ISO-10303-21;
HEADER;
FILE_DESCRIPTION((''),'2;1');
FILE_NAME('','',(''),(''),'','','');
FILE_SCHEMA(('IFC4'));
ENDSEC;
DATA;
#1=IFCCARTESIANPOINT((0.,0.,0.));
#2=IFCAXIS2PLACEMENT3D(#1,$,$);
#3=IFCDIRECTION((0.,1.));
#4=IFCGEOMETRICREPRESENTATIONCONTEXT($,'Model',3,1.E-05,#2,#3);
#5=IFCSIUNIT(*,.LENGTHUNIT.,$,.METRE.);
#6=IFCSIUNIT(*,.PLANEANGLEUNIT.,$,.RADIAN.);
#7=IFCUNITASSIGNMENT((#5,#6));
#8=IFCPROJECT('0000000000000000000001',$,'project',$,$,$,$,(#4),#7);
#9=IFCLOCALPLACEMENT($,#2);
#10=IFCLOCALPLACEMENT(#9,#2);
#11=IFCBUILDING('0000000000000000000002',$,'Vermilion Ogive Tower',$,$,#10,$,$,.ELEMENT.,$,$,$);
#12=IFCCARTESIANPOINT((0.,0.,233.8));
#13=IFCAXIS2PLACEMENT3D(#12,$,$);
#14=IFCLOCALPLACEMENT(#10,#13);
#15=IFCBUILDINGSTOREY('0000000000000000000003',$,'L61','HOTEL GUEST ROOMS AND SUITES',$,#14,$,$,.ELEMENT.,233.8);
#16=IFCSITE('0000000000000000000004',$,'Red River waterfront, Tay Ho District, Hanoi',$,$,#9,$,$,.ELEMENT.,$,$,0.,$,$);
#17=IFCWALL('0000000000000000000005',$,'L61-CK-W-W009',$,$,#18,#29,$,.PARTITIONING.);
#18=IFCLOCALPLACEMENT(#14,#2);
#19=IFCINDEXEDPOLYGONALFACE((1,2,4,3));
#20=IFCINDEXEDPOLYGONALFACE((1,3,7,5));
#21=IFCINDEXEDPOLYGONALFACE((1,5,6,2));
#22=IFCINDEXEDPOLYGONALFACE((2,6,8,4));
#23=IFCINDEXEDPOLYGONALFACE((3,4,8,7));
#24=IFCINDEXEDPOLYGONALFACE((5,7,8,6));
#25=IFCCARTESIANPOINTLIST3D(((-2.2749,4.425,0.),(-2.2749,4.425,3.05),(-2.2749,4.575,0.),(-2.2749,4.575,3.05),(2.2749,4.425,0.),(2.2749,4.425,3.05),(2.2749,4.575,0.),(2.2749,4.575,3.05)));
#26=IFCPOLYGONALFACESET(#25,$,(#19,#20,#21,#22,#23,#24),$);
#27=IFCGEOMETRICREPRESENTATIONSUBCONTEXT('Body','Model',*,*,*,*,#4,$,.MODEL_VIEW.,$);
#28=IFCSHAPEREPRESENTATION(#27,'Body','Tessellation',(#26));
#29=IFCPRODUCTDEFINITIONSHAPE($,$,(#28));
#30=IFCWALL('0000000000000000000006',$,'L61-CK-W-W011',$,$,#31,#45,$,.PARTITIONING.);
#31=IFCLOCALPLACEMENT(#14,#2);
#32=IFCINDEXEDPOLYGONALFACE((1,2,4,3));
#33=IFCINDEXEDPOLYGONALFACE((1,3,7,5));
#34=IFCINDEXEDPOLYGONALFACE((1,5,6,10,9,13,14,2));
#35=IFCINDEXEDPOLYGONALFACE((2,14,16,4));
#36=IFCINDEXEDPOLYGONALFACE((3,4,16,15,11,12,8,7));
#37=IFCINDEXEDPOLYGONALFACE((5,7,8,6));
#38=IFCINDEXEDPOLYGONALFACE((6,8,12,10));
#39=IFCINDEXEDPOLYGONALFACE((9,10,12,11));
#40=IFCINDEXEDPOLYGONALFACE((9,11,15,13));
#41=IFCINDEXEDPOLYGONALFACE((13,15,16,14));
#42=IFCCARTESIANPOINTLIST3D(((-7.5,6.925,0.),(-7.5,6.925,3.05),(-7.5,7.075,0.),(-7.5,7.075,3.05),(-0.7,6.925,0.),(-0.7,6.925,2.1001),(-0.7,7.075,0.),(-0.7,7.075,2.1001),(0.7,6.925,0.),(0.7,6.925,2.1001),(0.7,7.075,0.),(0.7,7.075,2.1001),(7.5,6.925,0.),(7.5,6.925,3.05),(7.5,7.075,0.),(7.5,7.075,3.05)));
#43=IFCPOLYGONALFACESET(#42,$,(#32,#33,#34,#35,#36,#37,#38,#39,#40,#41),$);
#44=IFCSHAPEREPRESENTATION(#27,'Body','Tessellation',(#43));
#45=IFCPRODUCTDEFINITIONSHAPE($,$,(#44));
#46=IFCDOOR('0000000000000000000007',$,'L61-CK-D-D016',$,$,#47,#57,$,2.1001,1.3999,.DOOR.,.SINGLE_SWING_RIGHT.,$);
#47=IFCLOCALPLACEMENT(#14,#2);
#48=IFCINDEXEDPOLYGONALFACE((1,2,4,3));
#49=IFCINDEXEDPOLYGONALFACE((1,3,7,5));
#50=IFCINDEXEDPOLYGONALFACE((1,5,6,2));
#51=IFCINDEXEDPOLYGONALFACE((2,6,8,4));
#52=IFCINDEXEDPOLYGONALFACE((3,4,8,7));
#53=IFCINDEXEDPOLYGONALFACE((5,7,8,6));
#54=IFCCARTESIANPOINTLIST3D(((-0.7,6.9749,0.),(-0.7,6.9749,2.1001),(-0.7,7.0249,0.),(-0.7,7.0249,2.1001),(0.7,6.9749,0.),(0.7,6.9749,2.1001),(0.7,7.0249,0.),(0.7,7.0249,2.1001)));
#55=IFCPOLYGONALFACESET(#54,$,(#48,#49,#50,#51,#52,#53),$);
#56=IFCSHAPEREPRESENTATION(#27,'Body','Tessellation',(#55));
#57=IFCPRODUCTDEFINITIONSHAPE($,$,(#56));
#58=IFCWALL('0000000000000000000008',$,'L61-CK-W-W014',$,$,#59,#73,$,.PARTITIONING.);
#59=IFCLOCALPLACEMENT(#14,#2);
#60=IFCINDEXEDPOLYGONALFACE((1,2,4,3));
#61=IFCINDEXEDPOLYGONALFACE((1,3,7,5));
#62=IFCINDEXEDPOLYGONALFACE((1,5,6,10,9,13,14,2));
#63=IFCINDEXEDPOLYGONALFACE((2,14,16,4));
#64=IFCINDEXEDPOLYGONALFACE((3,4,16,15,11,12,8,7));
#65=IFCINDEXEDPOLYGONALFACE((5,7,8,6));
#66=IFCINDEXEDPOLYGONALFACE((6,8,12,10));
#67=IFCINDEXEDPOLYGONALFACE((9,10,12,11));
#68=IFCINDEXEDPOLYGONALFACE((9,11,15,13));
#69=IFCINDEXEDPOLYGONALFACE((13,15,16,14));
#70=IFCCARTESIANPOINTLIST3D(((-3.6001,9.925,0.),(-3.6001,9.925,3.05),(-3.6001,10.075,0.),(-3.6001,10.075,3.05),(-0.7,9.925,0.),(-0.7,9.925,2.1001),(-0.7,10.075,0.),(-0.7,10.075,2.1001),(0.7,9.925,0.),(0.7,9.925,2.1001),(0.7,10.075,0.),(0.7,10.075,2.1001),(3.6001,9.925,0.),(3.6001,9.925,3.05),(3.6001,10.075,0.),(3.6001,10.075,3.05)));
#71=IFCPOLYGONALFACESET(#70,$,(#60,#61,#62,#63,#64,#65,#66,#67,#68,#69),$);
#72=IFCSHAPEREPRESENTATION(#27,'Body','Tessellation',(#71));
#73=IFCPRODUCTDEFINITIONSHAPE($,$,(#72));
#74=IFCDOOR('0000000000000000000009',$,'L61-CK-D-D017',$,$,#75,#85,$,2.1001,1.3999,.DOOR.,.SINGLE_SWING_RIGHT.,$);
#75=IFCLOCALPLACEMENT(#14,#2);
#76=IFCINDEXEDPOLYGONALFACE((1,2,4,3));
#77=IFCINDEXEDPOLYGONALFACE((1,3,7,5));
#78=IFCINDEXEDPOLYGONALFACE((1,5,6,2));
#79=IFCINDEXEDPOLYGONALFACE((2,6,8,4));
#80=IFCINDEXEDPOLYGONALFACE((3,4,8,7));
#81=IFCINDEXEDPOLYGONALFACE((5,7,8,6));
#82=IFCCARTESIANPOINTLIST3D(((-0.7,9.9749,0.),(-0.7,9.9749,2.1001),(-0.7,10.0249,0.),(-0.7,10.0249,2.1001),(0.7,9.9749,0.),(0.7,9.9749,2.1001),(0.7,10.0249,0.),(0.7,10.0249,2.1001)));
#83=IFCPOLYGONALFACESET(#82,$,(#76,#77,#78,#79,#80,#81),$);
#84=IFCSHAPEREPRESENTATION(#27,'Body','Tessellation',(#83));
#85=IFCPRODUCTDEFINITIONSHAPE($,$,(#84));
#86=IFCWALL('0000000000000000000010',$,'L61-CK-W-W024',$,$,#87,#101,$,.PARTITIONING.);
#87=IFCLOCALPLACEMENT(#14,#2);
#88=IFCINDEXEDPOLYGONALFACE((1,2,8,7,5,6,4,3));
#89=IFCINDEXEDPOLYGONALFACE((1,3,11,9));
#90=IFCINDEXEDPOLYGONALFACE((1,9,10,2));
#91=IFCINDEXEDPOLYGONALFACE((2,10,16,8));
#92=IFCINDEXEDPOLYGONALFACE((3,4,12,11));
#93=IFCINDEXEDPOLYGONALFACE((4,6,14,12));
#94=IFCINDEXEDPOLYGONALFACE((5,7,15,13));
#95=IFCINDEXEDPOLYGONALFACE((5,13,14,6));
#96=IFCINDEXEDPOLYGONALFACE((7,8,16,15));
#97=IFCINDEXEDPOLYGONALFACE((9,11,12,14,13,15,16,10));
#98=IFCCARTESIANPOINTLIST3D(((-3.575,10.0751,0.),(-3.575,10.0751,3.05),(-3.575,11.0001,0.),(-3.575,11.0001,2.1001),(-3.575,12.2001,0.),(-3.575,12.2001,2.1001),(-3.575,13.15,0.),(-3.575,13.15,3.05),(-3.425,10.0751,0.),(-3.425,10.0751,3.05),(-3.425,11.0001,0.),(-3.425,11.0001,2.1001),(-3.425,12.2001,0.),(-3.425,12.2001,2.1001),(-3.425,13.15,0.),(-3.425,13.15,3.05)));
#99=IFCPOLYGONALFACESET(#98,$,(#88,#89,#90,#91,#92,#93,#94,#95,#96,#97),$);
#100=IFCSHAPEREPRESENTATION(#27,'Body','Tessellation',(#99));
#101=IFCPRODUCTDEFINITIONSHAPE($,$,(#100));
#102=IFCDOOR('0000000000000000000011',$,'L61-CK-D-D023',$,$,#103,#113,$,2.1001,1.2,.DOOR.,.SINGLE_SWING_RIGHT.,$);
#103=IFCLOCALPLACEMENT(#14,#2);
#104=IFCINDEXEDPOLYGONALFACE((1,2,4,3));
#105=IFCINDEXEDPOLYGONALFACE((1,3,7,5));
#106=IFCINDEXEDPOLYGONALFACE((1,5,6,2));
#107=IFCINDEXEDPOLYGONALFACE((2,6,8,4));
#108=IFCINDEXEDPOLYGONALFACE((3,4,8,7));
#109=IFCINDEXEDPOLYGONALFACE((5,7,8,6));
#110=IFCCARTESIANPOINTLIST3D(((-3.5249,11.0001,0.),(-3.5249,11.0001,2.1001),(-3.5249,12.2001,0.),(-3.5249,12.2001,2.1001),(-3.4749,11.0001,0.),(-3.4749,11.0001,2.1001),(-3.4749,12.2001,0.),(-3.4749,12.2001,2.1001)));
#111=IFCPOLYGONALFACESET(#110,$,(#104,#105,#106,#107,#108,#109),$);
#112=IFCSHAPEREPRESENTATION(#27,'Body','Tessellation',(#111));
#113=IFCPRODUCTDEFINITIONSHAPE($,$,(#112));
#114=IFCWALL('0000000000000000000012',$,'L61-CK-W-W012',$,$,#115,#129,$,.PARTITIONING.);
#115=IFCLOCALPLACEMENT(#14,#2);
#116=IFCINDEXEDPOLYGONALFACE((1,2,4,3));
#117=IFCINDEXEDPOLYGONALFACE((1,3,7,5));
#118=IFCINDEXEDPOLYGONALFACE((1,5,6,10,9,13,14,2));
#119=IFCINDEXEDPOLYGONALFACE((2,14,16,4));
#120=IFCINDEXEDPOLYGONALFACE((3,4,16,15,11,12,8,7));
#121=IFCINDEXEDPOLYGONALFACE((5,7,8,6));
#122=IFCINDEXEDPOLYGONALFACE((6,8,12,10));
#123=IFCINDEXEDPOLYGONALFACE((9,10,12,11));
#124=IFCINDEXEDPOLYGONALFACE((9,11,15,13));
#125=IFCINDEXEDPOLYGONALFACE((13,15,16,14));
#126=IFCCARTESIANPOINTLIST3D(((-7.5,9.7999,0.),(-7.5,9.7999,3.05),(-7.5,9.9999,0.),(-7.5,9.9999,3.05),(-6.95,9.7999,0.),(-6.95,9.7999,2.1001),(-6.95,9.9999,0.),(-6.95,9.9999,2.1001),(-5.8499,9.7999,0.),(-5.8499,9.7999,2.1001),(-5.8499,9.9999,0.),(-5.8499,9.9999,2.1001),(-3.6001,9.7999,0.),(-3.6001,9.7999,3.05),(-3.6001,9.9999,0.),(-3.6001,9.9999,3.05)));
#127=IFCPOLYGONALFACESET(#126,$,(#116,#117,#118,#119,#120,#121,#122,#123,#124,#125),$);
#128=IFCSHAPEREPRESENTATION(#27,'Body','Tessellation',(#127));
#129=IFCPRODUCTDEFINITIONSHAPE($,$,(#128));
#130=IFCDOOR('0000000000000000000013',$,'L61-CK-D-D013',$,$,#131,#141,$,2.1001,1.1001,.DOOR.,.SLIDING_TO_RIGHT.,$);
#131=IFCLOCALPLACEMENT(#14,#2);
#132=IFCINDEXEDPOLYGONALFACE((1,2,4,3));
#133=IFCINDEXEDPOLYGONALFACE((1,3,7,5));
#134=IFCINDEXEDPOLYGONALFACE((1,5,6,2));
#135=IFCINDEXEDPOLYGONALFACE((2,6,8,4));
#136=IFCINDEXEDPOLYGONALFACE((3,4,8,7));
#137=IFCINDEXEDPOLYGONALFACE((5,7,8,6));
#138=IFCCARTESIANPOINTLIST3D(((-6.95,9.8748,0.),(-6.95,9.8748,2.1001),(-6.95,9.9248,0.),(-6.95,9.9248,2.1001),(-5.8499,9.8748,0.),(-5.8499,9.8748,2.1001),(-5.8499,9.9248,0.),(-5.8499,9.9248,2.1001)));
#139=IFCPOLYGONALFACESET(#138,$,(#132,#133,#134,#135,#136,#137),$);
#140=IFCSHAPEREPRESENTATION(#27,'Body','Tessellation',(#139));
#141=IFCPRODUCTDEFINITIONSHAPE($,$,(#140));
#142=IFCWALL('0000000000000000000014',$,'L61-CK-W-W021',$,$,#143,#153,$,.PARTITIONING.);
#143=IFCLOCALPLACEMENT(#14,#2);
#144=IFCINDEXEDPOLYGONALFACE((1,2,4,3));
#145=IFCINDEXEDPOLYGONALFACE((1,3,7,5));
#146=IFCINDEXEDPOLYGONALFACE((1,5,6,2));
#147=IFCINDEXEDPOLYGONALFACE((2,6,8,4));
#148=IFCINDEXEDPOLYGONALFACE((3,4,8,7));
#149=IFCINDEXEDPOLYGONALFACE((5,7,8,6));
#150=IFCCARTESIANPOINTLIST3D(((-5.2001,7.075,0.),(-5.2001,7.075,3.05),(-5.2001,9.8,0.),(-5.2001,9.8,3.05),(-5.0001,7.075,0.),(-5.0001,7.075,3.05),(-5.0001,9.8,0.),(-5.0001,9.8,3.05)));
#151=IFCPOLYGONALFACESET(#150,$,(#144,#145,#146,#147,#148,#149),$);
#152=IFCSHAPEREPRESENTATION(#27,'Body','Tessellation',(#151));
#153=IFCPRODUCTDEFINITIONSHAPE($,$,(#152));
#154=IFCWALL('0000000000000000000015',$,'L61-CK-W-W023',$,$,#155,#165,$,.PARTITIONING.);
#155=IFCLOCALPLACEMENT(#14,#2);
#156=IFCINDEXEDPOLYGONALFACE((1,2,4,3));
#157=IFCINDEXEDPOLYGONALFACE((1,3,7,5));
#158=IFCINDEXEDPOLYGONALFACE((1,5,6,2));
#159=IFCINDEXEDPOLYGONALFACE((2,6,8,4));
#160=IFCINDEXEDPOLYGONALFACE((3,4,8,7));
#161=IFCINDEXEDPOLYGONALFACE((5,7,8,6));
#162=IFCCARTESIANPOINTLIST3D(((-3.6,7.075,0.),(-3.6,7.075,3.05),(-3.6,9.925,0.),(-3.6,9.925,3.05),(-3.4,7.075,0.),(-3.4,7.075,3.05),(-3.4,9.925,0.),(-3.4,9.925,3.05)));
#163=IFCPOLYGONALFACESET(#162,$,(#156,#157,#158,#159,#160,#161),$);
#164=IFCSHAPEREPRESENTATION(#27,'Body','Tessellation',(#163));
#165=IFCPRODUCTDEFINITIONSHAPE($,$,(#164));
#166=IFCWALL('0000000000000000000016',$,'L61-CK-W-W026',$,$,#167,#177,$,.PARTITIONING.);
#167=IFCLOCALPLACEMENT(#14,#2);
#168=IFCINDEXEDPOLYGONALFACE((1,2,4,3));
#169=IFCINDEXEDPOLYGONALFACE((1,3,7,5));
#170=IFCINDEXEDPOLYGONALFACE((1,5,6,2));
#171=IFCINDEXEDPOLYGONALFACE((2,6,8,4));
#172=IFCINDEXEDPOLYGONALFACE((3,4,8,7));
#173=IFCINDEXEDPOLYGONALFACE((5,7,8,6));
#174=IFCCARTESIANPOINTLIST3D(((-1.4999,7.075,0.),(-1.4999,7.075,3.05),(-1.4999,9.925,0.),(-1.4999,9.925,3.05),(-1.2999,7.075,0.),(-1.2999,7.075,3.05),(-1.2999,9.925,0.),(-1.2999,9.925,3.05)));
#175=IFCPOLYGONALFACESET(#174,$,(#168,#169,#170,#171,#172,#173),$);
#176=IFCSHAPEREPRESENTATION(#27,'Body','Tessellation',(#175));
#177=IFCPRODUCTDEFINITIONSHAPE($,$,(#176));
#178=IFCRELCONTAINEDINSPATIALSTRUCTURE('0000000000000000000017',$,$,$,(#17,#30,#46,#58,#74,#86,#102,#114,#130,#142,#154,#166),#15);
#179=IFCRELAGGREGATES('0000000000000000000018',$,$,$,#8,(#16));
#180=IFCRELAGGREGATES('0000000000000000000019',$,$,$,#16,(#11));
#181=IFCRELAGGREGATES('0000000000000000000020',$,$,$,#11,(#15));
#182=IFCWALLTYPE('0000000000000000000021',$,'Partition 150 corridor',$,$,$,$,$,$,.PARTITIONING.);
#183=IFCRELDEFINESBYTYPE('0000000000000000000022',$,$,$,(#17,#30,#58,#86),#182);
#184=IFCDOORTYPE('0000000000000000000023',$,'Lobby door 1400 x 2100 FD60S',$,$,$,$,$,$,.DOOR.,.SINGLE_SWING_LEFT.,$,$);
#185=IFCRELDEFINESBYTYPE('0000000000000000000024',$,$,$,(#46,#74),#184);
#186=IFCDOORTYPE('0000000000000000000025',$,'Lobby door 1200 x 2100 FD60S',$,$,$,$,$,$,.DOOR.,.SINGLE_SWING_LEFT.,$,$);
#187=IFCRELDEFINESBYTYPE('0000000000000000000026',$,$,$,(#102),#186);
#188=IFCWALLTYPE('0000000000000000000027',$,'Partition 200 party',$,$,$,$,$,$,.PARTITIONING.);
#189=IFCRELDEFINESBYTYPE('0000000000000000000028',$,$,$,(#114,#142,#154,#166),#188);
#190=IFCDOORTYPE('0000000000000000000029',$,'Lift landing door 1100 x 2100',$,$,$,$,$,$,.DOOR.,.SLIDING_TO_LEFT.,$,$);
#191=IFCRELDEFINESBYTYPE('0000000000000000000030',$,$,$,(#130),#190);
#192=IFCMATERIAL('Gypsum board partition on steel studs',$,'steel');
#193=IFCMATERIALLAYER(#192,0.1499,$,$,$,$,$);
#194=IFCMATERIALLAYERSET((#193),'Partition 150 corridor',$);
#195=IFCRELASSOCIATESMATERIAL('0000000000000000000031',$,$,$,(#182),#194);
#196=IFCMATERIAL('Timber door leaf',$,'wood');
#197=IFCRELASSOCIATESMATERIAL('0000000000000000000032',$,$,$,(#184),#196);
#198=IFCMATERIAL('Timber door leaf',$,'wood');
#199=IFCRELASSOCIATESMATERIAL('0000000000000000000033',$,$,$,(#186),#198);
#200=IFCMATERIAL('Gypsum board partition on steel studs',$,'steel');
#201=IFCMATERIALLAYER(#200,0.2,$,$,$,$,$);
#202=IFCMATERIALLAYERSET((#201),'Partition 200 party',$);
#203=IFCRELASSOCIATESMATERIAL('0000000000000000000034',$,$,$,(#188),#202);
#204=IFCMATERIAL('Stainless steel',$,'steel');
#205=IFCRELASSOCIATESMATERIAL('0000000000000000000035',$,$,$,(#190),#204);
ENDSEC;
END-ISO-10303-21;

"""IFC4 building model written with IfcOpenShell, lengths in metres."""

from ifc_helpers import new_model, si_unit, direction, frame, frame_2d, origin, place, context, subcontext, project, spatial, rectangle, extrude, material, layer, layer_set, type_object, element, fill, save


model = new_model("IFC4")

# Units and contexts
model_context = context("Model", 3, precision=1e-05, world=origin(), true_north=direction((0.0, 1.0)))
body_context = subcontext(model_context, "Body", "Model", "MODEL_VIEW")
ifc_project = project(units=[si_unit("LENGTHUNIT", "METRE"), si_unit("PLANEANGLEUNIT", "RADIAN")], contexts=[model_context])

# Site, building, storey
site_placement = place(None, origin())
site = spatial("IfcSite", under=ifc_project, at=site_placement, Name="Red River waterfront, Tay Ho District, Hanoi", CompositionType="ELEMENT", RefElevation=0.0)
building_placement = place(site_placement, origin())
building = spatial("IfcBuilding", under=site, at=building_placement, Name="Vermilion Ogive Tower", CompositionType="ELEMENT")
storey_placement = place(building_placement, frame((0.0, 0.0, 233.8)))
storey = spatial("IfcBuildingStorey", under=building, at=storey_placement, Name="L61", Description="HOTEL GUEST ROOMS AND SUITES", CompositionType="ELEMENT", Elevation=233.8)

# Wall
ifc_material_1 = material(Name="Gypsum board partition on steel studs", Category="steel")
ifc_layer_1 = layer(ifc_material_1, 0.1499)
ifc_layer_set_1 = layer_set([ifc_layer_1], Name="Partition 150 corridor")
wall_type_1 = type_object("IfcWallType", Name="Partition 150 corridor", PredefinedType="PARTITIONING", material=ifc_layer_set_1)
wall_1_placement = place(storey_placement, frame((-2.2749, 4.5, 0.0), z_axis=(0.0, 0.0, 1.0), x_axis=(1.0, 0.0, 0.0)))
element("IfcWall", 1, at=wall_1_placement, inside=storey, type_object=wall_type_1, Name="L61-CK-W-W009", PredefinedType="PARTITIONING", context=body_context, shape_type="SweptSolid", body=[
    extrude(rectangle(XDim=4.5498, YDim=0.1499, at=frame_2d((2.2749, 0.0))), origin(), (0.0, 0.0, 1.0), 3.05),
])

# Walls, openings, doors
wall_2_placement = place(storey_placement, frame((-7.5, 7.0, 0.0), z_axis=(0.0, 0.0, 1.0), x_axis=(1.0, 0.0, 0.0)))
wall_2 = element("IfcWall", 2, at=wall_2_placement, inside=storey, type_object=wall_type_1, Name="L61-CK-W-W011", PredefinedType="PARTITIONING", context=body_context, shape_type="SweptSolid", body=[
    extrude(rectangle(XDim=15.0, YDim=0.1499, at=frame_2d((7.5, 0.0))), origin(), (0.0, 0.0, 1.0), 3.05),
])
opening_1_placement = place(wall_2_placement, frame((6.8, 0.0, 0.0)))
opening_1 = element("IfcOpeningElement", 3, at=opening_1_placement, cuts=wall_2, PredefinedType="OPENING", context=body_context, shape_type="SweptSolid", body=[
    extrude(rectangle(XDim=1.3999, YDim=2.1001, at=frame_2d((0.7, 1.05))), frame((0.0, 0.085, 0.0), z_axis=(0.0, -1.0, 0.0), x_axis=(1.0, 0.0, 0.0)), (0.0, 0.0, 1.0), 0.1699),
])
ifc_material_2 = material(Name="Timber door leaf", Category="wood")
door_type_1 = type_object("IfcDoorType", Name="Lobby door 1400 x 2100 FD60S", OperationType="SINGLE_SWING_LEFT", PredefinedType="DOOR", material=ifc_material_2)
door_1_placement = place(opening_1_placement, origin())
door_1 = element("IfcDoor", 4, at=door_1_placement, inside=storey, type_object=door_type_1, Name="L61-CK-D-D016", OperationType="SINGLE_SWING_RIGHT", OverallHeight=2.1001, OverallWidth=1.3999, PredefinedType="DOOR", context=body_context, shape_type="SweptSolid", body=[
    extrude(rectangle(XDim=1.3999, YDim=2.1001, at=frame_2d((0.7, 1.05))), frame((0.0, 0.0249, 0.0), z_axis=(0.0, -1.0, 0.0), x_axis=(1.0, 0.0, 0.0)), (0.0, 0.0, 1.0), 0.05),
])
fill(opening_1, door_1)
wall_3_placement = place(storey_placement, frame((-3.6001, 10.0, 0.0), z_axis=(0.0, 0.0, 1.0), x_axis=(1.0, 0.0, 0.0)))
wall_3 = element("IfcWall", 5, at=wall_3_placement, inside=storey, type_object=wall_type_1, Name="L61-CK-W-W014", PredefinedType="PARTITIONING", context=body_context, shape_type="SweptSolid", body=[
    extrude(rectangle(XDim=7.2002, YDim=0.1499, at=frame_2d((3.6001, 0.0))), origin(), (0.0, 0.0, 1.0), 3.05),
])
opening_2_placement = place(wall_3_placement, frame((2.9001, 0.0, 0.0)))
opening_2 = element("IfcOpeningElement", 6, at=opening_2_placement, cuts=wall_3, PredefinedType="OPENING", context=body_context, shape_type="SweptSolid", body=[
    extrude(rectangle(XDim=1.3999, YDim=2.1001, at=frame_2d((0.7, 1.05))), frame((0.0, 0.085, 0.0), z_axis=(0.0, -1.0, 0.0), x_axis=(1.0, 0.0, 0.0)), (0.0, 0.0, 1.0), 0.1699),
])
door_2_placement = place(opening_2_placement, origin())
door_2 = element("IfcDoor", 7, at=door_2_placement, inside=storey, type_object=door_type_1, Name="L61-CK-D-D017", OperationType="SINGLE_SWING_RIGHT", OverallHeight=2.1001, OverallWidth=1.3999, PredefinedType="DOOR", context=body_context, shape_type="SweptSolid", body=[
    extrude(rectangle(XDim=1.3999, YDim=2.1001, at=frame_2d((0.7, 1.05))), frame((0.0, 0.0249, 0.0), z_axis=(0.0, -1.0, 0.0), x_axis=(1.0, 0.0, 0.0)), (0.0, 0.0, 1.0), 0.05),
])
fill(opening_2, door_2)
wall_4_placement = place(storey_placement, frame((-3.5, 10.075, 0.0), z_axis=(0.0, 0.0, 1.0), x_axis=(0.0, 1.0, 0.0)))
wall_4 = element("IfcWall", 8, at=wall_4_placement, inside=storey, type_object=wall_type_1, Name="L61-CK-W-W024", PredefinedType="PARTITIONING", context=body_context, shape_type="SweptSolid", body=[
    extrude(rectangle(XDim=3.075, YDim=0.1499, at=frame_2d((1.5376, 0.0))), origin(), (0.0, 0.0, 1.0), 3.05),
])
opening_3_placement = place(wall_4_placement, frame((0.925, 0.0, 0.0)))
opening_3 = element("IfcOpeningElement", 9, at=opening_3_placement, cuts=wall_4, PredefinedType="OPENING", context=body_context, shape_type="SweptSolid", body=[
    extrude(rectangle(XDim=1.2, YDim=2.1001, at=frame_2d((0.6001, 1.05))), frame((0.0, 0.085, 0.0), z_axis=(0.0, -1.0, 0.0), x_axis=(1.0, 0.0, 0.0)), (0.0, 0.0, 1.0), 0.1699),
])
ifc_material_3 = material(Name="Timber door leaf", Category="wood")
door_type_2 = type_object("IfcDoorType", Name="Lobby door 1200 x 2100 FD60S", OperationType="SINGLE_SWING_LEFT", PredefinedType="DOOR", material=ifc_material_3)
door_3_placement = place(opening_3_placement, origin())
door_3 = element("IfcDoor", 10, at=door_3_placement, inside=storey, type_object=door_type_2, Name="L61-CK-D-D023", OperationType="SINGLE_SWING_RIGHT", OverallHeight=2.1001, OverallWidth=1.2, PredefinedType="DOOR", context=body_context, shape_type="SweptSolid", body=[
    extrude(rectangle(XDim=1.2, YDim=2.1001, at=frame_2d((0.6001, 1.05))), frame((0.0, 0.0249, 0.0), z_axis=(0.0, -1.0, 0.0), x_axis=(1.0, 0.0, 0.0)), (0.0, 0.0, 1.0), 0.05),
])
fill(opening_3, door_3)
ifc_material_4 = material(Name="Gypsum board partition on steel studs", Category="steel")
ifc_layer_2 = layer(ifc_material_4, 0.2)
ifc_layer_set_2 = layer_set([ifc_layer_2], Name="Partition 200 party")
wall_type_2 = type_object("IfcWallType", Name="Partition 200 party", PredefinedType="PARTITIONING", material=ifc_layer_set_2)
wall_5_placement = place(storey_placement, frame((-7.5, 9.8999, 0.0), z_axis=(0.0, 0.0, 1.0), x_axis=(1.0, 0.0, 0.0)))
wall_5 = element("IfcWall", 11, at=wall_5_placement, inside=storey, type_object=wall_type_2, Name="L61-CK-W-W012", PredefinedType="PARTITIONING", context=body_context, shape_type="SweptSolid", body=[
    extrude(rectangle(XDim=3.8999, YDim=0.2, at=frame_2d((1.95, 0.0))), origin(), (0.0, 0.0, 1.0), 3.05),
])
opening_4_placement = place(wall_5_placement, frame((0.55, 0.0, 0.0)))
opening_4 = element("IfcOpeningElement", 12, at=opening_4_placement, cuts=wall_5, PredefinedType="OPENING", context=body_context, shape_type="SweptSolid", body=[
    extrude(rectangle(XDim=1.1001, YDim=2.1001, at=frame_2d((0.55, 1.05))), frame((0.0, 0.1099, 0.0), z_axis=(0.0, -1.0, 0.0), x_axis=(1.0, 0.0, 0.0)), (0.0, 0.0, 1.0), 0.22),
])
ifc_material_5 = material(Name="Stainless steel", Category="steel")
door_type_3 = type_object("IfcDoorType", Name="Lift landing door 1100 x 2100", OperationType="SLIDING_TO_LEFT", PredefinedType="DOOR", material=ifc_material_5)
door_4_placement = place(opening_4_placement, origin())
door_4 = element("IfcDoor", 13, at=door_4_placement, inside=storey, type_object=door_type_3, Name="L61-CK-D-D013", OperationType="SLIDING_TO_RIGHT", OverallHeight=2.1001, OverallWidth=1.1001, PredefinedType="DOOR", context=body_context, shape_type="SweptSolid", body=[
    extrude(rectangle(XDim=1.1001, YDim=2.1001, at=frame_2d((0.55, 1.05))), frame((0.0, 0.0249, 0.0), z_axis=(0.0, -1.0, 0.0), x_axis=(1.0, 0.0, 0.0)), (0.0, 0.0, 1.0), 0.05),
])
fill(opening_4, door_4)

# Walls
wall_6_placement = place(storey_placement, frame((-5.1001, 7.075, 0.0), z_axis=(0.0, 0.0, 1.0), x_axis=(0.0, 1.0, 0.0)))
element("IfcWall", 14, at=wall_6_placement, inside=storey, type_object=wall_type_2, Name="L61-CK-W-W021", PredefinedType="PARTITIONING", context=body_context, shape_type="SweptSolid", body=[
    extrude(rectangle(XDim=2.7251, YDim=0.2, at=frame_2d((1.3625, 0.0))), origin(), (0.0, 0.0, 1.0), 3.05),
])
for number, where, z_axis, x_axis, name in (
    (15, (-3.5, 7.075, 0.0), (0.0, 0.0, 1.0), (0.0, 1.0, 0.0), "L61-CK-W-W023"),
    (16, (-1.3999, 7.075, 0.0), (0.0, 0.0, 1.0), (0.0, 1.0, 0.0), "L61-CK-W-W026"),
):
    element("IfcWall", number, at=place(storey_placement, frame(where, z_axis=z_axis, x_axis=x_axis)), inside=storey, type_object=wall_type_2, Name=name, PredefinedType="PARTITIONING", context=body_context, shape_type="SweptSolid", body=[
        extrude(rectangle(XDim=2.8501, YDim=0.2, at=frame_2d((1.425, 0.0))), origin(), (0.0, 0.0, 1.0), 3.05),
    ])

save(model, "model.ifc")
